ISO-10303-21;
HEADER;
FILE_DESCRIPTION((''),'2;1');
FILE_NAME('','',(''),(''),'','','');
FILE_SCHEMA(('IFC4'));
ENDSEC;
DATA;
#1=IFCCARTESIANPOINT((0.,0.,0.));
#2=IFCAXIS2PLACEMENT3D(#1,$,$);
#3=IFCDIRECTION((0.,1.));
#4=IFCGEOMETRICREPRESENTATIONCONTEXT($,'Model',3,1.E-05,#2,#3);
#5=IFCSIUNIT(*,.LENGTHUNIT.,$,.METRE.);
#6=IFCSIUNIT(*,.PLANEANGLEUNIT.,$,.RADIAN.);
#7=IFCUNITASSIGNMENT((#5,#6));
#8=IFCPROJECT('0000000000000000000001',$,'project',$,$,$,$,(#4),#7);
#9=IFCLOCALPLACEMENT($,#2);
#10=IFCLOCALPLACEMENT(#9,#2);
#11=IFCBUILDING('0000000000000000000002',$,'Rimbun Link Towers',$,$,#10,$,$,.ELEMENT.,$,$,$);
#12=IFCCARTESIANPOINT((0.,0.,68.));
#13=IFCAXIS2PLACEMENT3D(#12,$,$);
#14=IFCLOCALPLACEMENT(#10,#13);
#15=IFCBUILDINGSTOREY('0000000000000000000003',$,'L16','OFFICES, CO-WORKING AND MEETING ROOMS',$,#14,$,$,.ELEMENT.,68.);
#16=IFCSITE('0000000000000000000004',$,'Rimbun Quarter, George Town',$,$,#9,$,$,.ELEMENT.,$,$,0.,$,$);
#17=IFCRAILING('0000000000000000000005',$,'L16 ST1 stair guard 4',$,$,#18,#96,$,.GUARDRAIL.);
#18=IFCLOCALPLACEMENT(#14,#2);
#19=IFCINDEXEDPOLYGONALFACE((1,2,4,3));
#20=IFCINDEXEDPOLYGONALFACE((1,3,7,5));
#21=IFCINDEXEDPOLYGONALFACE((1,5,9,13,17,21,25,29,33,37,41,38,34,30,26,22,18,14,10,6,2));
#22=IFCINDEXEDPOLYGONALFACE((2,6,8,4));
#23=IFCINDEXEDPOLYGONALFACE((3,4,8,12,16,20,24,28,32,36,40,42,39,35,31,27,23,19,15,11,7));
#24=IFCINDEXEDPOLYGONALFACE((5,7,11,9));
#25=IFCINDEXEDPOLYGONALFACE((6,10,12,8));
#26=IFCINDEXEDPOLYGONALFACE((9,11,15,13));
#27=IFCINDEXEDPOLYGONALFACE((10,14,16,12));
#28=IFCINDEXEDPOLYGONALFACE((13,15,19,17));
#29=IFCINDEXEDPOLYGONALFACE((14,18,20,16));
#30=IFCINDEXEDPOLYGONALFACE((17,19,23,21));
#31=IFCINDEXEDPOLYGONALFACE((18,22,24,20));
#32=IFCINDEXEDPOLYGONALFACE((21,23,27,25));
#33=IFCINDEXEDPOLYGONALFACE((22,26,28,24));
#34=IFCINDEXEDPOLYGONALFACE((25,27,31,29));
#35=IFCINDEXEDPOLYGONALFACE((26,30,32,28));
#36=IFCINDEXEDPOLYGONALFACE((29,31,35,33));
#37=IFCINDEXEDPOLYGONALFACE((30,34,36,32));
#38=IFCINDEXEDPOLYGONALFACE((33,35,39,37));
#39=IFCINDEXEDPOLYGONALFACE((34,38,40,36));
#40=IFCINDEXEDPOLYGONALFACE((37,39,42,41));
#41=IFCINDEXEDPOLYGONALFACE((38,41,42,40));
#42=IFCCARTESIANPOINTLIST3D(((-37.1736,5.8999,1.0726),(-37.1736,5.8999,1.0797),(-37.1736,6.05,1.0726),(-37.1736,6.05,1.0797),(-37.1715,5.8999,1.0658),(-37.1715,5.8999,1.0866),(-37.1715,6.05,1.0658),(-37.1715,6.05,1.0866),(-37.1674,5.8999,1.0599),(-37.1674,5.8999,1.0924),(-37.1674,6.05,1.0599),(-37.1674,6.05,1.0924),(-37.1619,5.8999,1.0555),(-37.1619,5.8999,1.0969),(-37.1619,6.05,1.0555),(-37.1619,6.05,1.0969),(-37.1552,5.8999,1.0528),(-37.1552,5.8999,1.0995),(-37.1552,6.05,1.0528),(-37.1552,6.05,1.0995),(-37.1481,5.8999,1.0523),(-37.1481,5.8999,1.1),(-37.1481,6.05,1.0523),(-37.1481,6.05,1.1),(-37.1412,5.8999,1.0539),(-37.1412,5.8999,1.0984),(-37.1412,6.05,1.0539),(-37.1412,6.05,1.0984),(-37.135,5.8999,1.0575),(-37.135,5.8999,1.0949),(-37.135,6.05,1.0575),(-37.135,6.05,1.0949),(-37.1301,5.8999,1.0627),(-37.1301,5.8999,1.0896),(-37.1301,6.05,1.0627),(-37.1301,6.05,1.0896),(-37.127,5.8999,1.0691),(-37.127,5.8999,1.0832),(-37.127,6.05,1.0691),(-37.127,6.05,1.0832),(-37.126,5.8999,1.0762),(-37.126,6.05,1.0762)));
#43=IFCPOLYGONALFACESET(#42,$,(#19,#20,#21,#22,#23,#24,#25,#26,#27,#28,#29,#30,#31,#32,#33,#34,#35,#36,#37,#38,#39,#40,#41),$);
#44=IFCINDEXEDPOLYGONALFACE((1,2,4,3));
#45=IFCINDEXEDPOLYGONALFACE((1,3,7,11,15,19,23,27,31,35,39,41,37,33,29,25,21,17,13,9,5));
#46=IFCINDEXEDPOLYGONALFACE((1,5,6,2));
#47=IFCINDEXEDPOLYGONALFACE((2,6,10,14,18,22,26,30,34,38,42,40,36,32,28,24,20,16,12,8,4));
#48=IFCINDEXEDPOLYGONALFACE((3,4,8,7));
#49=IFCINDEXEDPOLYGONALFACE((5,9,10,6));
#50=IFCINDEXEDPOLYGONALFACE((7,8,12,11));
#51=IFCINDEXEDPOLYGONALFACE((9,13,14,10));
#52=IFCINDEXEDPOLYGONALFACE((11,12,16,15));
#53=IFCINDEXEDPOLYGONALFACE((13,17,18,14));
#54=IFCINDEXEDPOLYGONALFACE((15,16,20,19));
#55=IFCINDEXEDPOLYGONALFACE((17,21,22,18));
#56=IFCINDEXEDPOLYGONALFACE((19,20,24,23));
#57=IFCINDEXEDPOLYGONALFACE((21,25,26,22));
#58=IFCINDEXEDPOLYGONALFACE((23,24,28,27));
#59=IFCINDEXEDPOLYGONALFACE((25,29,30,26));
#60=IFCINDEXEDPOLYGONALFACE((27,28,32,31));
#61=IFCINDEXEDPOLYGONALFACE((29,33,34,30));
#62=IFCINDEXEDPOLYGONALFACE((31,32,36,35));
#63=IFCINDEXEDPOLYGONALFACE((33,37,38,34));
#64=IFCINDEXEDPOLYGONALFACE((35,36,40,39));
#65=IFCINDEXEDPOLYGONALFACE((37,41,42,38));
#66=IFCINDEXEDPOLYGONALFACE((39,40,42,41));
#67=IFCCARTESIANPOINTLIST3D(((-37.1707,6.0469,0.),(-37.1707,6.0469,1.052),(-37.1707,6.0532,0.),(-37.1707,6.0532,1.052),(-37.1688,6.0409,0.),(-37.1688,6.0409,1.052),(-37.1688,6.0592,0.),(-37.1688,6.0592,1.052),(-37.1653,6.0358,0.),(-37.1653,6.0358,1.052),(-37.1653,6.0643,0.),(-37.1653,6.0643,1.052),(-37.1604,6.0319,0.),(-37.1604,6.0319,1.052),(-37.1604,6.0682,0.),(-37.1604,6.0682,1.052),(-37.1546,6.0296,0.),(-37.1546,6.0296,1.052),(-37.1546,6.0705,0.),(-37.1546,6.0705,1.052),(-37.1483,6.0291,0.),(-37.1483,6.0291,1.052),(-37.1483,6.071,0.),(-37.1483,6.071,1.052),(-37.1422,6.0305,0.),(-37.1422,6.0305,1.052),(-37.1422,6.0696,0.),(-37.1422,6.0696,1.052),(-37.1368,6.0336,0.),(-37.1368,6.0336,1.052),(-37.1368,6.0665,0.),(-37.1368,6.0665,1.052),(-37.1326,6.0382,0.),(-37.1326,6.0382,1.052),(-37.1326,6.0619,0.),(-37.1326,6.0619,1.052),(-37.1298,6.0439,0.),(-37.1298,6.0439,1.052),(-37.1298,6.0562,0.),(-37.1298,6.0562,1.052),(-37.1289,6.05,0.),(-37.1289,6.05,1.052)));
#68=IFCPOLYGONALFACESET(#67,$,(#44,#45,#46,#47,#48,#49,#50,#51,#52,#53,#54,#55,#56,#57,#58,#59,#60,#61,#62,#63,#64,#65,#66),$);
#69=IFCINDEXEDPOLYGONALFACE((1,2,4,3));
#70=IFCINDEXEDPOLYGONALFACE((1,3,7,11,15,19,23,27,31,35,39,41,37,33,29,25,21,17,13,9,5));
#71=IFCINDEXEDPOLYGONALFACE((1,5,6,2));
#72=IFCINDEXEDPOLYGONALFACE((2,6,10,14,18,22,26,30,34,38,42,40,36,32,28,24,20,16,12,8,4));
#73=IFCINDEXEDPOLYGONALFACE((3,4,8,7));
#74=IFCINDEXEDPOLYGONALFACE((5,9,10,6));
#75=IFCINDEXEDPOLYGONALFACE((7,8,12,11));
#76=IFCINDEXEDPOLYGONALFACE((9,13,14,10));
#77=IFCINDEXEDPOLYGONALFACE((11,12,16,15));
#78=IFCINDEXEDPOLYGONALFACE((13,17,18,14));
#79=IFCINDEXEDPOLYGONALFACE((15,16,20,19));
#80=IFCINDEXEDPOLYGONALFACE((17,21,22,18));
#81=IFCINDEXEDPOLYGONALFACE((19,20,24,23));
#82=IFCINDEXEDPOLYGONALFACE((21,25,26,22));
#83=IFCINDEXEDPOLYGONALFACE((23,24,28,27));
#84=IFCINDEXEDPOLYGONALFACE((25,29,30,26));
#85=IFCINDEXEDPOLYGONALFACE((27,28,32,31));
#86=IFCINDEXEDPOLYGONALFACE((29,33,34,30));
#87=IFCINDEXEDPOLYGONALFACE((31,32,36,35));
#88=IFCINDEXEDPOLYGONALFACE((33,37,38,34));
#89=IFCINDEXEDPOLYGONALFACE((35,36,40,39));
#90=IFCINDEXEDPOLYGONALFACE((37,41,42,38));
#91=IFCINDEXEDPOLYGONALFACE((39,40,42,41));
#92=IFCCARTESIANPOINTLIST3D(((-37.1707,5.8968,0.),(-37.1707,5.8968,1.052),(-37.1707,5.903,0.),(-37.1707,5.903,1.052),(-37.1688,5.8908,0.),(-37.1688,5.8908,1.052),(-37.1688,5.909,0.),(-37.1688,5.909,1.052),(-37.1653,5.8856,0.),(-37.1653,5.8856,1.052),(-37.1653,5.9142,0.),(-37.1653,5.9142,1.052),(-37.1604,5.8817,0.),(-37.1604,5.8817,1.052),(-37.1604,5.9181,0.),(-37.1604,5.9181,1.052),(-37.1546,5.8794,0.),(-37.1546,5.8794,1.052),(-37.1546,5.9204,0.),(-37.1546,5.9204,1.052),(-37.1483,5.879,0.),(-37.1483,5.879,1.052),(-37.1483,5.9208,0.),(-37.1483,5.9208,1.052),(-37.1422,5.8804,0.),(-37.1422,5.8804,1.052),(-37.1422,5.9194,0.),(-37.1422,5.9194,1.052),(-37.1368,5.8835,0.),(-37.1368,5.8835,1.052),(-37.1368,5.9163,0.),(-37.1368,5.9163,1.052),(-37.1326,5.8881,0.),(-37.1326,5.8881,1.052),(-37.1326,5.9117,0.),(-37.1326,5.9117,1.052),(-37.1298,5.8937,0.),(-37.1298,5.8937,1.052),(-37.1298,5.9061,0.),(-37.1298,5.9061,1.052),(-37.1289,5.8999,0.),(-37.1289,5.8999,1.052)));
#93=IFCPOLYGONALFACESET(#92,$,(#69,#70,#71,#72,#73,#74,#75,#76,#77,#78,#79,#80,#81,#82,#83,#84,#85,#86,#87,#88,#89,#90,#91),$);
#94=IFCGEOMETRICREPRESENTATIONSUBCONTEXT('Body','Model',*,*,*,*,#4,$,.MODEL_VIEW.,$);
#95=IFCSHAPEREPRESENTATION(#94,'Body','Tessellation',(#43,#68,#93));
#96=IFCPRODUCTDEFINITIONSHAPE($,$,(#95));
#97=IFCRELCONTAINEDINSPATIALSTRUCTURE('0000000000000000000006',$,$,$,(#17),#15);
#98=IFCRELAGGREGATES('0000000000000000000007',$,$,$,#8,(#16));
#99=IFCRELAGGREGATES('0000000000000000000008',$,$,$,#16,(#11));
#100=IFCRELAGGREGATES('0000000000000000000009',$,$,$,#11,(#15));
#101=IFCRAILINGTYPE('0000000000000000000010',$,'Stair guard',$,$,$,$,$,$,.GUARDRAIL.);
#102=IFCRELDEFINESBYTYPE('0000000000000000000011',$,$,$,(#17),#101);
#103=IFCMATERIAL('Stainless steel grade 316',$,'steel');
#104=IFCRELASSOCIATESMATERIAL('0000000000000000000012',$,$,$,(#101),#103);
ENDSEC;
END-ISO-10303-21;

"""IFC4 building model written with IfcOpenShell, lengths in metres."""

from ifc_helpers import new_model, si_unit, direction, frame, origin, origin_2d, place, context, subcontext, project, spatial, circle, extrude, material, type_object, element, save


model = new_model("IFC4")

# Units and contexts
model_context = context("Model", 3, precision=1e-05, world=origin(), true_north=direction((0.0, 1.0)))
body_context = subcontext(model_context, "Body", "Model", "MODEL_VIEW")
ifc_project = project(units=[si_unit("LENGTHUNIT", "METRE"), si_unit("PLANEANGLEUNIT", "RADIAN")], contexts=[model_context])

# Site, building, storey
site_placement = place(None, origin())
site = spatial("IfcSite", under=ifc_project, at=site_placement, Name="Rimbun Quarter, George Town", CompositionType="ELEMENT", RefElevation=0.0)
building_placement = place(site_placement, origin())
building = spatial("IfcBuilding", under=site, at=building_placement, Name="Rimbun Link Towers", CompositionType="ELEMENT")
storey_placement = place(building_placement, frame((0.0, 0.0, 68.0)))
storey = spatial("IfcBuildingStorey", under=building, at=storey_placement, Name="L16", Description="OFFICES, CO-WORKING AND MEETING ROOMS", CompositionType="ELEMENT", Elevation=68.0)

# Railing
ifc_material_1 = material(Name="Stainless steel grade 316", Category="steel")
railing_type_1 = type_object("IfcRailingType", Name="Stair guard", PredefinedType="GUARDRAIL", material=ifc_material_1)
railing_1_placement = place(storey_placement, frame((-37.1499, 6.05, 0.0)))
element("IfcRailing", 1, at=railing_1_placement, inside=storey, type_object=railing_type_1, Name="L16 ST1 stair guard 4", PredefinedType="GUARDRAIL", context=body_context, shape_type="SweptSolid", body=[
    extrude(circle(Radius=0.0239, at=origin_2d()), frame((0.0, 0.0, 1.0762), z_axis=(0.0, -1.0, 0.0), x_axis=(1.0, 0.0, 0.0)), (0.0, 0.0, 1.0), 0.1501),
    extrude(circle(Radius=0.021, at=origin_2d()), origin(), (0.0, 0.0, 1.0), 1.052),
    extrude(circle(Radius=0.021, at=origin_2d()), frame((0.0, -0.1501, 0.0)), (0.0, 0.0, 1.0), 1.052),
])

save(model, "model.ifc")
